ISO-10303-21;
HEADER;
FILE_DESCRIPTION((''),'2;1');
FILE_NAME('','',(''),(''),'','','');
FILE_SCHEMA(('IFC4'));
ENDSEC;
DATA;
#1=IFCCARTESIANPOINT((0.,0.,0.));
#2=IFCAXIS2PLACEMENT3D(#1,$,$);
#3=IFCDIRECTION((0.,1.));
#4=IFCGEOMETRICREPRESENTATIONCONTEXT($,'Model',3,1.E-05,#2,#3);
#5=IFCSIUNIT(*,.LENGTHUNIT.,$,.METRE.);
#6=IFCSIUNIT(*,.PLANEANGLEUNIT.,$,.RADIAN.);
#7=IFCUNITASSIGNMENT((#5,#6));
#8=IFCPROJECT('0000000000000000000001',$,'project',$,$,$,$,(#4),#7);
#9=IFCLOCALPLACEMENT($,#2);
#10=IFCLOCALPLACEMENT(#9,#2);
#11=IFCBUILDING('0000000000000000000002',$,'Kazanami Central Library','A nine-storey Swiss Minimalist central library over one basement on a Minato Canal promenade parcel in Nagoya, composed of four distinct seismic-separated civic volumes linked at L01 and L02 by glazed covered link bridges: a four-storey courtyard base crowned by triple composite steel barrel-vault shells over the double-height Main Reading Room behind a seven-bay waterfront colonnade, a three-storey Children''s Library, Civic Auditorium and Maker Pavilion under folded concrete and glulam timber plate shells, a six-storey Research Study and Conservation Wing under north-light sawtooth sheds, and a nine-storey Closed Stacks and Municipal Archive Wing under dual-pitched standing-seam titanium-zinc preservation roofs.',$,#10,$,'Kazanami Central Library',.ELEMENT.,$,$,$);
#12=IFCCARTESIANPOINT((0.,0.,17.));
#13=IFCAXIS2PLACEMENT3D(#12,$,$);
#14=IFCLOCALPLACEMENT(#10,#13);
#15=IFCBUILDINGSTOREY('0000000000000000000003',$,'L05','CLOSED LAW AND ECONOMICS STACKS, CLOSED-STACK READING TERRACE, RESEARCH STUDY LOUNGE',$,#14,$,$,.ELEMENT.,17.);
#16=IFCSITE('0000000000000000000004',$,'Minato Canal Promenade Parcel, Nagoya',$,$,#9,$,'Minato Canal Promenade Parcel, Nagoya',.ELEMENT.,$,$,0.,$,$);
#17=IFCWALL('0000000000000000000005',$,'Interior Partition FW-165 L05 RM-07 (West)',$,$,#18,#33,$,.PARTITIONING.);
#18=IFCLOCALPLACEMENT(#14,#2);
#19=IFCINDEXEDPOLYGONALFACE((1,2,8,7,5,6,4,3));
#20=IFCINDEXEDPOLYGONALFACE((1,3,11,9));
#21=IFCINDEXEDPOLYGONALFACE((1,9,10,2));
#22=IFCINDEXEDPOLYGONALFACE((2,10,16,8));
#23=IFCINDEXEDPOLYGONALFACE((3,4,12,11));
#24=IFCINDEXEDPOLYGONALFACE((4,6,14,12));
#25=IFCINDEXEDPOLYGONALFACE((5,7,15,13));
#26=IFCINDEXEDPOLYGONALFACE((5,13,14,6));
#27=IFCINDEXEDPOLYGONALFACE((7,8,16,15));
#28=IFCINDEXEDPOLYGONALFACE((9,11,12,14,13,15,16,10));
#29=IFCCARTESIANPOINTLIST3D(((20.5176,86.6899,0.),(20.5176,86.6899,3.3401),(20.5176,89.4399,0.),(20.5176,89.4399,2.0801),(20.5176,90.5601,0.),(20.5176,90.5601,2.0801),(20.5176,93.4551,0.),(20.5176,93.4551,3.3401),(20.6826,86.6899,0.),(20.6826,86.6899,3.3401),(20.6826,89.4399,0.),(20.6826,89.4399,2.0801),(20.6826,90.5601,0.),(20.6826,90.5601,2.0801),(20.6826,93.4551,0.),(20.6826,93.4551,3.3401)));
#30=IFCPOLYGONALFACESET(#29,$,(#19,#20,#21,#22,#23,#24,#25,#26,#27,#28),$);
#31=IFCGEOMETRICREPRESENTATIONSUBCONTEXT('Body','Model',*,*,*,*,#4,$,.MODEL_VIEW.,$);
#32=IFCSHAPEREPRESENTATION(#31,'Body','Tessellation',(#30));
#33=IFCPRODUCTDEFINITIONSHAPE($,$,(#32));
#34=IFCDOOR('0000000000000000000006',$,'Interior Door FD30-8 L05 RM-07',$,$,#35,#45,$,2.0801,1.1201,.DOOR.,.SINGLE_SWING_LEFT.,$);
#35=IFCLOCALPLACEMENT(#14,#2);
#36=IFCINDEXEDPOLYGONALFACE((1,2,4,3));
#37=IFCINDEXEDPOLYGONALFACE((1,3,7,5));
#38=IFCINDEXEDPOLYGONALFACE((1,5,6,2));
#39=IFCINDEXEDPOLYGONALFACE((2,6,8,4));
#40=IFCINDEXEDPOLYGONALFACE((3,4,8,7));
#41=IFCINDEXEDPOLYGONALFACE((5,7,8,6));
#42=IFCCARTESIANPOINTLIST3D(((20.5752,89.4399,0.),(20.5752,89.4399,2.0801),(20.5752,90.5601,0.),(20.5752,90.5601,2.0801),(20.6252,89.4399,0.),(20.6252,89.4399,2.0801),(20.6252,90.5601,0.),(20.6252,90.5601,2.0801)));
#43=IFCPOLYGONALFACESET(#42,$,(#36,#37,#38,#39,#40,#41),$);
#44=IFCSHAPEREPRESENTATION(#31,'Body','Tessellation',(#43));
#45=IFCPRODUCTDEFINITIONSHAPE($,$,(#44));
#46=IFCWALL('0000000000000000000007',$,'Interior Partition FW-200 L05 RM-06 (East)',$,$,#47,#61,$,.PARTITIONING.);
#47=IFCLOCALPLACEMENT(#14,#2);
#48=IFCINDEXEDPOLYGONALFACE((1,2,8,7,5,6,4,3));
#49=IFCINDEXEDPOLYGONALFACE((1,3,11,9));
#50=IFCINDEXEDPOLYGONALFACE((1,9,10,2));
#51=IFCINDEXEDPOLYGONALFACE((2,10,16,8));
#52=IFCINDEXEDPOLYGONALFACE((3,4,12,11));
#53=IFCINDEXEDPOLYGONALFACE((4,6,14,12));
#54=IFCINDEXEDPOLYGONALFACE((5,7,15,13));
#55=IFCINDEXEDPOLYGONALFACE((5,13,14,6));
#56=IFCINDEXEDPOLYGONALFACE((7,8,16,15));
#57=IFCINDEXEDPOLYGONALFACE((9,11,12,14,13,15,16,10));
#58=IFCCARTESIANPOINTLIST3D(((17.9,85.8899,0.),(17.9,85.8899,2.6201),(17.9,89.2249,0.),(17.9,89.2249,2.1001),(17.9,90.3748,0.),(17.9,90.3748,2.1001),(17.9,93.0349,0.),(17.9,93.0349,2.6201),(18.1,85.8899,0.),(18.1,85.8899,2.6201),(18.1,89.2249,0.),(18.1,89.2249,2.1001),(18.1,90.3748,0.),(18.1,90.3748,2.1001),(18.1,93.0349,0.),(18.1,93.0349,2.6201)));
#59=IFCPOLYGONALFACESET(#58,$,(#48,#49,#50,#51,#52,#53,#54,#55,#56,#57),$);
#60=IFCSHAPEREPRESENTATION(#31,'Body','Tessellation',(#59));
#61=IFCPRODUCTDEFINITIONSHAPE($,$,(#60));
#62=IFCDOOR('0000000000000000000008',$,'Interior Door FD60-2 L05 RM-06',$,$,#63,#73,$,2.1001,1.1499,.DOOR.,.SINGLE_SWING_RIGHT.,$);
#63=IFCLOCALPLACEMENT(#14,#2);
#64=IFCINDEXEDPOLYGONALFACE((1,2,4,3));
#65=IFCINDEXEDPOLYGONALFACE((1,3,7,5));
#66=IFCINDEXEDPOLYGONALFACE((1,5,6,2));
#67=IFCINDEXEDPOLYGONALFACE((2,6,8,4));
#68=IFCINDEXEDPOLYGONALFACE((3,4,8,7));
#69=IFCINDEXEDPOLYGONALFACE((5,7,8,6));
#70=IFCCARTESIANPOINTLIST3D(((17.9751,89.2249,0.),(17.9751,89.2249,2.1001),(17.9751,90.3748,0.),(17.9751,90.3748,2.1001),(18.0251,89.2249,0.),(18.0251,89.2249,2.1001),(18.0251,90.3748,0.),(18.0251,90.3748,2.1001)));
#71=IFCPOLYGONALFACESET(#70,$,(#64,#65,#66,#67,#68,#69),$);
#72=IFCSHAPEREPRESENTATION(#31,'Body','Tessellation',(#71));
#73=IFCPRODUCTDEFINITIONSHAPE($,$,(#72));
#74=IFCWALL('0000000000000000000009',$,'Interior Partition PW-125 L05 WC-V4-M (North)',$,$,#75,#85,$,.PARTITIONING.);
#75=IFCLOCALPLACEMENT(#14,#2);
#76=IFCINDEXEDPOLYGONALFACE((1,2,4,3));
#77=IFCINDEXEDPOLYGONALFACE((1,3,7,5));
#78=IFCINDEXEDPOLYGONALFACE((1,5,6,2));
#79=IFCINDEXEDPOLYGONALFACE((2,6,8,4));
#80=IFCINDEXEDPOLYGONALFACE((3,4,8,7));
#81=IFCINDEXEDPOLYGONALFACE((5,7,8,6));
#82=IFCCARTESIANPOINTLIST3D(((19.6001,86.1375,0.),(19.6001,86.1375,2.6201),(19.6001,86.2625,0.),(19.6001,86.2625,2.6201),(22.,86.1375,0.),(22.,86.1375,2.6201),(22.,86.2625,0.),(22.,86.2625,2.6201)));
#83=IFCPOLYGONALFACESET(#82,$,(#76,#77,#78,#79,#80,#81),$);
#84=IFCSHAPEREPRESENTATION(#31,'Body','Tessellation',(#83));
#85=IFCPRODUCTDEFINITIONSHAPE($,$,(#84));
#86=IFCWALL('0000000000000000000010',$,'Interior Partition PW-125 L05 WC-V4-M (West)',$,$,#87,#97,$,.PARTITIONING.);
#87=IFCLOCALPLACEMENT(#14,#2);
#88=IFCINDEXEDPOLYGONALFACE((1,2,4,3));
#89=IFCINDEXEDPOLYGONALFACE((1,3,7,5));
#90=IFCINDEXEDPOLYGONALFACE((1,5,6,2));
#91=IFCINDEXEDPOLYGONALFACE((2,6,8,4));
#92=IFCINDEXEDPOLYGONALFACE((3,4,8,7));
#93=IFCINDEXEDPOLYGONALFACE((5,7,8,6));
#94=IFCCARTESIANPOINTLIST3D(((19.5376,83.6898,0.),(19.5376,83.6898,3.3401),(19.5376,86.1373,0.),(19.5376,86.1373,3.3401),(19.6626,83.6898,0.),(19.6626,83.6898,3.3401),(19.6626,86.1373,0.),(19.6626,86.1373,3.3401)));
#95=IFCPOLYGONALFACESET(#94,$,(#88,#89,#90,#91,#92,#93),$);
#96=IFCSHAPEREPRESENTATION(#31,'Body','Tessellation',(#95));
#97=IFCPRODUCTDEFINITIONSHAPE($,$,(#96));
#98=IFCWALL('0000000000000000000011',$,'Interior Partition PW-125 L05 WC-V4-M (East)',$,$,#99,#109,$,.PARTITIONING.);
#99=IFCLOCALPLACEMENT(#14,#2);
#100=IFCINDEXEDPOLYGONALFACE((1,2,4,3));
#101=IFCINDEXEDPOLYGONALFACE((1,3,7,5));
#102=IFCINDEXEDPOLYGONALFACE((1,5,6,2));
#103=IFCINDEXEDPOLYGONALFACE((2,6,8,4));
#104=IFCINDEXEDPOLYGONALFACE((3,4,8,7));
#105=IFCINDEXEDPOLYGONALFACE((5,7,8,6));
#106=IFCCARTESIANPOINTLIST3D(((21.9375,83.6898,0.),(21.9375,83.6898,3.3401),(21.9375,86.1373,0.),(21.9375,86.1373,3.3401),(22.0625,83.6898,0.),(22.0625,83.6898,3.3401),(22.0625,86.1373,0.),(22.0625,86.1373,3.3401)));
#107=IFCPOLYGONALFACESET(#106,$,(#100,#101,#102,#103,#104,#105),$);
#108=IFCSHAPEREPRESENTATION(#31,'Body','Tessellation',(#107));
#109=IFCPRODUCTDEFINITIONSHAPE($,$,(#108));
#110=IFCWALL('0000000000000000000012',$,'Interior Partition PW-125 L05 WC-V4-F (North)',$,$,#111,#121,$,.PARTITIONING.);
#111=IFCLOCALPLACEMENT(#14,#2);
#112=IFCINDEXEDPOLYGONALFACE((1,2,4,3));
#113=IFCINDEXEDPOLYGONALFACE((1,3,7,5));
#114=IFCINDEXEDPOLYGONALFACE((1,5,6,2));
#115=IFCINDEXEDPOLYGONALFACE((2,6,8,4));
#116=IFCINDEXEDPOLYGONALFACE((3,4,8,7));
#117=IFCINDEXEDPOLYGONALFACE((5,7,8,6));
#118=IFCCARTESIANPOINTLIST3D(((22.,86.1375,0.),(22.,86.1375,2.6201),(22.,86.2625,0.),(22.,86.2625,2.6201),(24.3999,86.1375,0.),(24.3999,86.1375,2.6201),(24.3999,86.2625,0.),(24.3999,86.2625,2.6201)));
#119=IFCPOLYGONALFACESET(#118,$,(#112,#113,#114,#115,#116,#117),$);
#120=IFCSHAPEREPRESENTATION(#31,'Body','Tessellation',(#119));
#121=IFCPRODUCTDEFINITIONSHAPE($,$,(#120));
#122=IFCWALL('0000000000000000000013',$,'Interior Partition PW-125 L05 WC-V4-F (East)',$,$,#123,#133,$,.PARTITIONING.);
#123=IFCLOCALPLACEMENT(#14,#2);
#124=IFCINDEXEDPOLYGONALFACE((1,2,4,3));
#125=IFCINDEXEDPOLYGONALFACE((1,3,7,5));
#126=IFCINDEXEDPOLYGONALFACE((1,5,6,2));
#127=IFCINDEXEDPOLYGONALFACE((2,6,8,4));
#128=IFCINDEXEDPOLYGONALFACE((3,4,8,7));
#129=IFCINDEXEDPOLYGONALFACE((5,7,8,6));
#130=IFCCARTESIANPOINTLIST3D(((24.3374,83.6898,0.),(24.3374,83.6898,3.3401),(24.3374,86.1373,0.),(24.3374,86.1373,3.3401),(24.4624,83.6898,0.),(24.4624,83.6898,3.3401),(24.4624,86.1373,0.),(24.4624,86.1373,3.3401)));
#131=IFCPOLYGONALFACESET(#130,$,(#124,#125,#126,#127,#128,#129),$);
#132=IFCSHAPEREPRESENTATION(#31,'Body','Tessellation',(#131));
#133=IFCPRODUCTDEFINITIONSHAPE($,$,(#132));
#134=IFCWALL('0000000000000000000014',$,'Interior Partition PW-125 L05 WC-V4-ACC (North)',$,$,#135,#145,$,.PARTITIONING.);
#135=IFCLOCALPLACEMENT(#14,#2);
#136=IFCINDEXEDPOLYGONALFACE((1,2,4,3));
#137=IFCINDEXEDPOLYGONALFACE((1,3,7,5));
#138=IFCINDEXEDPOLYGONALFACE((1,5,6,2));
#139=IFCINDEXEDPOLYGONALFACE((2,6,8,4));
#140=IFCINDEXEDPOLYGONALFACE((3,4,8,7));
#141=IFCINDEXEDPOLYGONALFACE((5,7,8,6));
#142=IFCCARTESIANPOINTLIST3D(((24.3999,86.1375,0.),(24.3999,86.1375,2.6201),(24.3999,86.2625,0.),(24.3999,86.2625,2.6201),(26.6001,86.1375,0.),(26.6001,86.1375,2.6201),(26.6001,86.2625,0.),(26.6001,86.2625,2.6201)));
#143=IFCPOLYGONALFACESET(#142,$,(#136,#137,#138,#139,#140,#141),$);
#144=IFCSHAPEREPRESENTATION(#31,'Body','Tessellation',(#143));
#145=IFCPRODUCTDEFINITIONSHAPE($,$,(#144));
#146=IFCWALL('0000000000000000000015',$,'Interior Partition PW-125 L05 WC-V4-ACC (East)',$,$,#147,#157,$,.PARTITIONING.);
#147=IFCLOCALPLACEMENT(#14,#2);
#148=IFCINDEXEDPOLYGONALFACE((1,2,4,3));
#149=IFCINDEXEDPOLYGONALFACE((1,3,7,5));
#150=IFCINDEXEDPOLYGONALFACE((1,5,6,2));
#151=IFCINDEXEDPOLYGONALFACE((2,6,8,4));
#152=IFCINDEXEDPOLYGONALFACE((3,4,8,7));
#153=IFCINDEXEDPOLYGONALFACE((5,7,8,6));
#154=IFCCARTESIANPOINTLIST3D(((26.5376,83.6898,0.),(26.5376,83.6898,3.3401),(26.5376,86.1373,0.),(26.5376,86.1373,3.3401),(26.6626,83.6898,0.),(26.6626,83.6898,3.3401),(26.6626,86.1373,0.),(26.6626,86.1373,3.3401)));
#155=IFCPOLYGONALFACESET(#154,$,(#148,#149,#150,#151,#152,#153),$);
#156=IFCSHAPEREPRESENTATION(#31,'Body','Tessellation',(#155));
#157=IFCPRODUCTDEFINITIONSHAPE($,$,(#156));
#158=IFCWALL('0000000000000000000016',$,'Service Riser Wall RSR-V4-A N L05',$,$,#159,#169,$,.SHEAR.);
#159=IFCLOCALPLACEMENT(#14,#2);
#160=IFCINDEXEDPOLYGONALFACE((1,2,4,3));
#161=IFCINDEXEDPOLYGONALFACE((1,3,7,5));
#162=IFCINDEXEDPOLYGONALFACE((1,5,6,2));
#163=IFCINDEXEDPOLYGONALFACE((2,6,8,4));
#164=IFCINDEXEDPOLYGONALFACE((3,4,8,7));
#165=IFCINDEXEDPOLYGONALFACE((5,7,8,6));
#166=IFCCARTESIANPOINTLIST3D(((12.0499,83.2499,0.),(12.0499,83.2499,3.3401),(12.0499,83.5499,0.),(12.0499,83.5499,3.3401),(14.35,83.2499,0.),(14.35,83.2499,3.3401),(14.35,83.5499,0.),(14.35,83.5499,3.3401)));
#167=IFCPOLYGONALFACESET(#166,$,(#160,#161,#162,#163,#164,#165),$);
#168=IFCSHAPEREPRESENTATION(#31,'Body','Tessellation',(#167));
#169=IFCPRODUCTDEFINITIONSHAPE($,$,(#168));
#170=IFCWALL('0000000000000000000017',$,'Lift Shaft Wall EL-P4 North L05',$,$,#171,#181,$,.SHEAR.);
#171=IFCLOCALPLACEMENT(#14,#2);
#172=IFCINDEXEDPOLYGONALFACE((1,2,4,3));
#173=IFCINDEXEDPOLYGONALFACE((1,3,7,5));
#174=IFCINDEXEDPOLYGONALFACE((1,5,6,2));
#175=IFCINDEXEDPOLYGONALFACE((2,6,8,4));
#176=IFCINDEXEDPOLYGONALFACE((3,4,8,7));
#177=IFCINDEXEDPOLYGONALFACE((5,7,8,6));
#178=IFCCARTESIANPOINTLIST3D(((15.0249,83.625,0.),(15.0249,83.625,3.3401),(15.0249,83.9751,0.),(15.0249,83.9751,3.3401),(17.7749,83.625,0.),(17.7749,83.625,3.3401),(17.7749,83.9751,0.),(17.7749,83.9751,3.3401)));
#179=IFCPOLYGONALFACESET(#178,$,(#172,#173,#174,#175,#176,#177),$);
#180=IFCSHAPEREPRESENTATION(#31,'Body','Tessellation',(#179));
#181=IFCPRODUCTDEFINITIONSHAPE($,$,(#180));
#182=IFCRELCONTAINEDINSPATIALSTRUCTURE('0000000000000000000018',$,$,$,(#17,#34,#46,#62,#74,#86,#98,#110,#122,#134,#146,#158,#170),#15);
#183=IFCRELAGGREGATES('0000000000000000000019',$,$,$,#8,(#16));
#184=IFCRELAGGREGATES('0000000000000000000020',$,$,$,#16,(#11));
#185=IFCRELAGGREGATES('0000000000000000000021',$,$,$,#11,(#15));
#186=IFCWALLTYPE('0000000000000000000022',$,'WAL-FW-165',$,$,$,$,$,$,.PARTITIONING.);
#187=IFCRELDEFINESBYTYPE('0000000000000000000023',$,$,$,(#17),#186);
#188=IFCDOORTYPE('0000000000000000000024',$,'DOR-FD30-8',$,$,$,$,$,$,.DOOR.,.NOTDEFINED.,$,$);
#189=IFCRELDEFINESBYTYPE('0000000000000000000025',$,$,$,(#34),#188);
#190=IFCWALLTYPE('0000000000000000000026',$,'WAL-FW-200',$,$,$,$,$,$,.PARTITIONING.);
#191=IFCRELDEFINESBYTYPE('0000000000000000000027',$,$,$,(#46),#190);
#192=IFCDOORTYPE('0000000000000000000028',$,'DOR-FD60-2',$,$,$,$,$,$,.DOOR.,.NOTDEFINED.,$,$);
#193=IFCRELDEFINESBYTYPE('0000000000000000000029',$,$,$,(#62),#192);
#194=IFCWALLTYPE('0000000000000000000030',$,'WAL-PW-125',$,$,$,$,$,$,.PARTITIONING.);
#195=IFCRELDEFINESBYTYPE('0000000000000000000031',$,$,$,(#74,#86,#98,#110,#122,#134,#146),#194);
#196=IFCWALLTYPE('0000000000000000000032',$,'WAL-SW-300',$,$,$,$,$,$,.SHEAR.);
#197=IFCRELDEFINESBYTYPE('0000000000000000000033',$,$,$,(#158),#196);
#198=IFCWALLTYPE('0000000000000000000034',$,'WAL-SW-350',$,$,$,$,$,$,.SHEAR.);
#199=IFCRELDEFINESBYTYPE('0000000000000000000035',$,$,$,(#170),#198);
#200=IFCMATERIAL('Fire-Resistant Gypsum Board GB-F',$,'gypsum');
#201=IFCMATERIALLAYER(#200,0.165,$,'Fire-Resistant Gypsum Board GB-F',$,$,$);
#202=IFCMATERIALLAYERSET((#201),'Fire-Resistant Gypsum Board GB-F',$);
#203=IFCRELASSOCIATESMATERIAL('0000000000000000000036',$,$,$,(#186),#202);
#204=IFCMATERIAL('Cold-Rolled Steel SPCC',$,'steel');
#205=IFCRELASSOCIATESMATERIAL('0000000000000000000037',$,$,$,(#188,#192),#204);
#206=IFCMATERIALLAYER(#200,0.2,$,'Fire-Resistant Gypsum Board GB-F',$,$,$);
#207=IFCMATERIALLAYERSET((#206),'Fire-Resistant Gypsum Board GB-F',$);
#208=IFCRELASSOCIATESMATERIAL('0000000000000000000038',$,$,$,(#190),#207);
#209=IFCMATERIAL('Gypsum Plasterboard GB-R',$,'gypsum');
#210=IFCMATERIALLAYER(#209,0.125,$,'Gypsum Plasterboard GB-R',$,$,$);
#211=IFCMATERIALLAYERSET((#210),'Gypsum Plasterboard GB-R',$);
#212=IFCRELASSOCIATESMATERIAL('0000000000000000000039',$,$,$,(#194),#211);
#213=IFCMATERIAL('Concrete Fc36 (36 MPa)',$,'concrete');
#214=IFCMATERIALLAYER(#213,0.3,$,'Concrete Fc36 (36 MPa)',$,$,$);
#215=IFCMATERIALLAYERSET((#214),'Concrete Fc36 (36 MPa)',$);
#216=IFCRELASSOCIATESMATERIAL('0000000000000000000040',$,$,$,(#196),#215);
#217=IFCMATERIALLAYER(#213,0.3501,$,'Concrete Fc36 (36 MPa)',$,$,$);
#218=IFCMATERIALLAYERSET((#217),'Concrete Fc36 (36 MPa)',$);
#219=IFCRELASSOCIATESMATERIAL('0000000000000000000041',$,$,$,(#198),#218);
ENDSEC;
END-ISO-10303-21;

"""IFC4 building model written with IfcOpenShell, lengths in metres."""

from ifc_helpers import new_model, si_unit, direction, frame, frame_2d, origin, place, context, subcontext, project, spatial, rectangle, extrude, material, layer, layer_set, type_object, element, fill, save


model = new_model("IFC4")

# Units and contexts
model_context = context("Model", 3, precision=1e-05, world=origin(), true_north=direction((0.0, 1.0)))
body_context = subcontext(model_context, "Body", "Model", "MODEL_VIEW")
ifc_project = project(units=[si_unit("LENGTHUNIT", "METRE"), si_unit("PLANEANGLEUNIT", "RADIAN")], contexts=[model_context])

# Site, building, storey
site_placement = place(None, origin())
site = spatial("IfcSite", under=ifc_project, at=site_placement, Name="Minato Canal Promenade Parcel, Nagoya", LongName="Minato Canal Promenade Parcel, Nagoya", CompositionType="ELEMENT", RefElevation=0.0)
building_placement = place(site_placement, origin())
building = spatial("IfcBuilding", under=site, at=building_placement, Name="Kazanami Central Library", Description="A nine-storey Swiss Minimalist central library over one basement on a Minato Canal promenade parcel in Nagoya, composed of four distinct seismic-separated civic volumes linked at L01 and L02 by glazed covered link bridges: a four-storey courtyard base crowned by triple composite steel barrel-vault shells over the double-height Main Reading Room behind a seven-bay waterfront colonnade, a three-storey Children's Library, Civic Auditorium and Maker Pavilion under folded concrete and glulam timber plate shells, a six-storey Research Study and Conservation Wing under north-light sawtooth sheds, and a nine-storey Closed Stacks and Municipal Archive Wing under dual-pitched standing-seam titanium-zinc preservation roofs.", LongName="Kazanami Central Library", CompositionType="ELEMENT")
storey_placement = place(building_placement, frame((0.0, 0.0, 17.0)))
storey = spatial("IfcBuildingStorey", under=building, at=storey_placement, Name="L05", Description="CLOSED LAW AND ECONOMICS STACKS, CLOSED-STACK READING TERRACE, RESEARCH STUDY LOUNGE", CompositionType="ELEMENT", Elevation=17.0)

# Shared definitions
ifc_material_1 = material(Name="Concrete Fc36 (36 MPa)", Category="concrete")

# Shared definitions
ifc_material_2 = material(Name="Fire-Resistant Gypsum Board GB-F", Category="gypsum")
ifc_layer_1 = layer(ifc_material_2, 0.165, Name="Fire-Resistant Gypsum Board GB-F")
ifc_layer_set_1 = layer_set([ifc_layer_1], Name="Fire-Resistant Gypsum Board GB-F")
wall_type_1 = type_object("IfcWallType", Name="WAL-FW-165", PredefinedType="PARTITIONING", material=ifc_layer_set_1)
ifc_material_3 = material(Name="Cold-Rolled Steel SPCC", Category="steel")
door_type_1 = type_object("IfcDoorType", Name="DOR-FD30-8", OperationType="NOTDEFINED", PredefinedType="DOOR", material=ifc_material_3)

# Walls, openings, doors
wall_1_placement = place(storey_placement, frame((20.6001, 86.6899, 0.0), z_axis=(0.0, 0.0, 1.0), x_axis=(0.0, 1.0, 0.0)))
wall_1 = element("IfcWall", 1, at=wall_1_placement, inside=storey, type_object=wall_type_1, Name="Interior Partition FW-165 L05 RM-07 (West)", PredefinedType="PARTITIONING", context=body_context, shape_type="SweptSolid", body=[
    extrude(rectangle(XDim=6.7651, YDim=0.165, at=frame_2d((3.3826, 0.0))), origin(), (0.0, 0.0, 1.0), 3.3401),
])
opening_1_placement = place(wall_1_placement, frame((2.75, 0.0, 0.0)))
opening_1 = element("IfcOpeningElement", 2, at=opening_1_placement, cuts=wall_1, PredefinedType="OPENING", context=body_context, shape_type="SweptSolid", body=[
    extrude(rectangle(XDim=1.1201, YDim=2.0801, at=frame_2d((0.5601, 1.04))), frame((0.0, 0.0945, 0.0), z_axis=(0.0, -1.0, 0.0), x_axis=(1.0, 0.0, 0.0)), (0.0, 0.0, 1.0), 0.189),
])
door_1_placement = place(opening_1_placement, origin())
door_1 = element("IfcDoor", 3, at=door_1_placement, inside=storey, type_object=door_type_1, Name="Interior Door FD30-8 L05 RM-07", OperationType="SINGLE_SWING_LEFT", OverallHeight=2.0801, OverallWidth=1.1201, PredefinedType="DOOR", context=body_context, shape_type="SweptSolid", body=[
    extrude(rectangle(XDim=1.1201, YDim=2.0801, at=frame_2d((0.5601, 1.04))), frame((0.0, 0.0249, 0.0), z_axis=(0.0, -1.0, 0.0), x_axis=(1.0, 0.0, 0.0)), (0.0, 0.0, 1.0), 0.05),
])
fill(opening_1, door_1)
ifc_layer_2 = layer(ifc_material_2, 0.2, Name="Fire-Resistant Gypsum Board GB-F")
ifc_layer_set_2 = layer_set([ifc_layer_2], Name="Fire-Resistant Gypsum Board GB-F")
wall_type_2 = type_object("IfcWallType", Name="WAL-FW-200", PredefinedType="PARTITIONING", material=ifc_layer_set_2)
wall_2_placement = place(storey_placement, frame((18.0, 85.8899, 0.0), z_axis=(0.0, 0.0, 1.0), x_axis=(0.0, 1.0, 0.0)))
wall_2 = element("IfcWall", 4, at=wall_2_placement, inside=storey, type_object=wall_type_2, Name="Interior Partition FW-200 L05 RM-06 (East)", PredefinedType="PARTITIONING", context=body_context, shape_type="SweptSolid", body=[
    extrude(rectangle(XDim=7.145, YDim=0.2, at=frame_2d((3.5725, 0.0))), origin(), (0.0, 0.0, 1.0), 2.6201),
])
opening_2_placement = place(wall_2_placement, frame((3.335, 0.0, 0.0)))
opening_2 = element("IfcOpeningElement", 5, at=opening_2_placement, cuts=wall_2, PredefinedType="OPENING", context=body_context, shape_type="SweptSolid", body=[
    extrude(rectangle(XDim=1.1499, YDim=2.1001, at=frame_2d((0.575, 1.05))), frame((0.0, 0.1118, 0.0), z_axis=(0.0, -1.0, 0.0), x_axis=(1.0, 0.0, 0.0)), (0.0, 0.0, 1.0), 0.2239),
])
door_type_2 = type_object("IfcDoorType", Name="DOR-FD60-2", OperationType="NOTDEFINED", PredefinedType="DOOR", material=ifc_material_3)
door_2_placement = place(opening_2_placement, origin())
door_2 = element("IfcDoor", 6, at=door_2_placement, inside=storey, type_object=door_type_2, Name="Interior Door FD60-2 L05 RM-06", OperationType="SINGLE_SWING_RIGHT", OverallHeight=2.1001, OverallWidth=1.1499, PredefinedType="DOOR", context=body_context, shape_type="SweptSolid", body=[
    extrude(rectangle(XDim=1.1499, YDim=2.1001, at=frame_2d((0.575, 1.05))), frame((0.0, 0.0249, 0.0), z_axis=(0.0, -1.0, 0.0), x_axis=(1.0, 0.0, 0.0)), (0.0, 0.0, 1.0), 0.05),
])
fill(opening_2, door_2)

# Walls
ifc_material_4 = material(Name="Gypsum Plasterboard GB-R", Category="gypsum")
ifc_layer_3 = layer(ifc_material_4, 0.125, Name="Gypsum Plasterboard GB-R")
ifc_layer_set_3 = layer_set([ifc_layer_3], Name="Gypsum Plasterboard GB-R")
wall_type_3 = type_object("IfcWallType", Name="WAL-PW-125", PredefinedType="PARTITIONING", material=ifc_layer_set_3)
wall_3_placement = place(storey_placement, frame((19.6001, 86.2, 0.0), z_axis=(0.0, 0.0, 1.0), x_axis=(1.0, 0.0, 0.0)))
element("IfcWall", 7, at=wall_3_placement, inside=storey, type_object=wall_type_3, Name="Interior Partition PW-125 L05 WC-V4-M (North)", PredefinedType="PARTITIONING", context=body_context, shape_type="SweptSolid", body=[
    extrude(rectangle(XDim=2.3999, YDim=0.125, at=frame_2d((1.2, 0.0))), origin(), (0.0, 0.0, 1.0), 2.6201),
])
for number, where, z_axis, x_axis, name in (
    (8, (19.6001, 83.6899, 0.0), (0.0, 0.0, 1.0), (0.0, 1.0, 0.0), "Interior Partition PW-125 L05 WC-V4-M (West)"),
    (9, (22.0, 83.6899, 0.0), (0.0, 0.0, 1.0), (0.0, 1.0, 0.0), "Interior Partition PW-125 L05 WC-V4-M (East)"),
):
    element("IfcWall", number, at=place(storey_placement, frame(where, z_axis=z_axis, x_axis=x_axis)), inside=storey, type_object=wall_type_3, Name=name, PredefinedType="PARTITIONING", context=body_context, shape_type="SweptSolid", body=[
        extrude(rectangle(XDim=2.4475, YDim=0.125, at=frame_2d((1.2236, 0.0))), origin(), (0.0, 0.0, 1.0), 3.3401),
    ])
wall_4_placement = place(storey_placement, frame((22.0, 86.2, 0.0), z_axis=(0.0, 0.0, 1.0), x_axis=(1.0, 0.0, 0.0)))
element("IfcWall", 10, at=wall_4_placement, inside=storey, type_object=wall_type_3, Name="Interior Partition PW-125 L05 WC-V4-F (North)", PredefinedType="PARTITIONING", context=body_context, shape_type="SweptSolid", body=[
    extrude(rectangle(XDim=2.3999, YDim=0.125, at=frame_2d((1.2, 0.0))), origin(), (0.0, 0.0, 1.0), 2.6201),
])
wall_5_placement = place(storey_placement, frame((24.3999, 83.6899, 0.0), z_axis=(0.0, 0.0, 1.0), x_axis=(0.0, 1.0, 0.0)))
element("IfcWall", 11, at=wall_5_placement, inside=storey, type_object=wall_type_3, Name="Interior Partition PW-125 L05 WC-V4-F (East)", PredefinedType="PARTITIONING", context=body_context, shape_type="SweptSolid", body=[
    extrude(rectangle(XDim=2.4475, YDim=0.125, at=frame_2d((1.2236, 0.0))), origin(), (0.0, 0.0, 1.0), 3.3401),
])
wall_6_placement = place(storey_placement, frame((24.3999, 86.2, 0.0), z_axis=(0.0, 0.0, 1.0), x_axis=(1.0, 0.0, 0.0)))
element("IfcWall", 12, at=wall_6_placement, inside=storey, type_object=wall_type_3, Name="Interior Partition PW-125 L05 WC-V4-ACC (North)", PredefinedType="PARTITIONING", context=body_context, shape_type="SweptSolid", body=[
    extrude(rectangle(XDim=2.2002, YDim=0.125, at=frame_2d((1.1001, 0.0))), origin(), (0.0, 0.0, 1.0), 2.6201),
])
wall_7_placement = place(storey_placement, frame((26.6001, 83.6899, 0.0), z_axis=(0.0, 0.0, 1.0), x_axis=(0.0, 1.0, 0.0)))
element("IfcWall", 13, at=wall_7_placement, inside=storey, type_object=wall_type_3, Name="Interior Partition PW-125 L05 WC-V4-ACC (East)", PredefinedType="PARTITIONING", context=body_context, shape_type="SweptSolid", body=[
    extrude(rectangle(XDim=2.4475, YDim=0.125, at=frame_2d((1.2236, 0.0))), origin(), (0.0, 0.0, 1.0), 3.3401),
])
ifc_layer_4 = layer(ifc_material_1, 0.3, Name="Concrete Fc36 (36 MPa)")
ifc_layer_set_4 = layer_set([ifc_layer_4], Name="Concrete Fc36 (36 MPa)")
wall_type_4 = type_object("IfcWallType", Name="WAL-SW-300", PredefinedType="SHEAR", material=ifc_layer_set_4)
wall_8_placement = place(storey_placement, frame((12.05, 83.3999, 0.0), z_axis=(0.0, 0.0, 1.0), x_axis=(1.0, 0.0, 0.0)))
element("IfcWall", 14, at=wall_8_placement, inside=storey, type_object=wall_type_4, Name="Service Riser Wall RSR-V4-A N L05", PredefinedType="SHEAR", context=body_context, shape_type="SweptSolid", body=[
    extrude(rectangle(XDim=2.3, YDim=0.3, at=frame_2d((1.1499, 0.0))), origin(), (0.0, 0.0, 1.0), 3.3401),
])
ifc_layer_5 = layer(ifc_material_1, 0.3501, Name="Concrete Fc36 (36 MPa)")
ifc_layer_set_5 = layer_set([ifc_layer_5], Name="Concrete Fc36 (36 MPa)")
wall_type_5 = type_object("IfcWallType", Name="WAL-SW-350", PredefinedType="SHEAR", material=ifc_layer_set_5)
wall_9_placement = place(storey_placement, frame((15.0249, 83.8, 0.0), z_axis=(0.0, 0.0, 1.0), x_axis=(1.0, 0.0, 0.0)))
element("IfcWall", 15, at=wall_9_placement, inside=storey, type_object=wall_type_5, Name="Lift Shaft Wall EL-P4 North L05", PredefinedType="SHEAR", context=body_context, shape_type="SweptSolid", body=[
    extrude(rectangle(XDim=2.75, YDim=0.3501, at=frame_2d((1.375, 0.0))), origin(), (0.0, 0.0, 1.0), 3.3401),
])

save(model, "model.ifc")
